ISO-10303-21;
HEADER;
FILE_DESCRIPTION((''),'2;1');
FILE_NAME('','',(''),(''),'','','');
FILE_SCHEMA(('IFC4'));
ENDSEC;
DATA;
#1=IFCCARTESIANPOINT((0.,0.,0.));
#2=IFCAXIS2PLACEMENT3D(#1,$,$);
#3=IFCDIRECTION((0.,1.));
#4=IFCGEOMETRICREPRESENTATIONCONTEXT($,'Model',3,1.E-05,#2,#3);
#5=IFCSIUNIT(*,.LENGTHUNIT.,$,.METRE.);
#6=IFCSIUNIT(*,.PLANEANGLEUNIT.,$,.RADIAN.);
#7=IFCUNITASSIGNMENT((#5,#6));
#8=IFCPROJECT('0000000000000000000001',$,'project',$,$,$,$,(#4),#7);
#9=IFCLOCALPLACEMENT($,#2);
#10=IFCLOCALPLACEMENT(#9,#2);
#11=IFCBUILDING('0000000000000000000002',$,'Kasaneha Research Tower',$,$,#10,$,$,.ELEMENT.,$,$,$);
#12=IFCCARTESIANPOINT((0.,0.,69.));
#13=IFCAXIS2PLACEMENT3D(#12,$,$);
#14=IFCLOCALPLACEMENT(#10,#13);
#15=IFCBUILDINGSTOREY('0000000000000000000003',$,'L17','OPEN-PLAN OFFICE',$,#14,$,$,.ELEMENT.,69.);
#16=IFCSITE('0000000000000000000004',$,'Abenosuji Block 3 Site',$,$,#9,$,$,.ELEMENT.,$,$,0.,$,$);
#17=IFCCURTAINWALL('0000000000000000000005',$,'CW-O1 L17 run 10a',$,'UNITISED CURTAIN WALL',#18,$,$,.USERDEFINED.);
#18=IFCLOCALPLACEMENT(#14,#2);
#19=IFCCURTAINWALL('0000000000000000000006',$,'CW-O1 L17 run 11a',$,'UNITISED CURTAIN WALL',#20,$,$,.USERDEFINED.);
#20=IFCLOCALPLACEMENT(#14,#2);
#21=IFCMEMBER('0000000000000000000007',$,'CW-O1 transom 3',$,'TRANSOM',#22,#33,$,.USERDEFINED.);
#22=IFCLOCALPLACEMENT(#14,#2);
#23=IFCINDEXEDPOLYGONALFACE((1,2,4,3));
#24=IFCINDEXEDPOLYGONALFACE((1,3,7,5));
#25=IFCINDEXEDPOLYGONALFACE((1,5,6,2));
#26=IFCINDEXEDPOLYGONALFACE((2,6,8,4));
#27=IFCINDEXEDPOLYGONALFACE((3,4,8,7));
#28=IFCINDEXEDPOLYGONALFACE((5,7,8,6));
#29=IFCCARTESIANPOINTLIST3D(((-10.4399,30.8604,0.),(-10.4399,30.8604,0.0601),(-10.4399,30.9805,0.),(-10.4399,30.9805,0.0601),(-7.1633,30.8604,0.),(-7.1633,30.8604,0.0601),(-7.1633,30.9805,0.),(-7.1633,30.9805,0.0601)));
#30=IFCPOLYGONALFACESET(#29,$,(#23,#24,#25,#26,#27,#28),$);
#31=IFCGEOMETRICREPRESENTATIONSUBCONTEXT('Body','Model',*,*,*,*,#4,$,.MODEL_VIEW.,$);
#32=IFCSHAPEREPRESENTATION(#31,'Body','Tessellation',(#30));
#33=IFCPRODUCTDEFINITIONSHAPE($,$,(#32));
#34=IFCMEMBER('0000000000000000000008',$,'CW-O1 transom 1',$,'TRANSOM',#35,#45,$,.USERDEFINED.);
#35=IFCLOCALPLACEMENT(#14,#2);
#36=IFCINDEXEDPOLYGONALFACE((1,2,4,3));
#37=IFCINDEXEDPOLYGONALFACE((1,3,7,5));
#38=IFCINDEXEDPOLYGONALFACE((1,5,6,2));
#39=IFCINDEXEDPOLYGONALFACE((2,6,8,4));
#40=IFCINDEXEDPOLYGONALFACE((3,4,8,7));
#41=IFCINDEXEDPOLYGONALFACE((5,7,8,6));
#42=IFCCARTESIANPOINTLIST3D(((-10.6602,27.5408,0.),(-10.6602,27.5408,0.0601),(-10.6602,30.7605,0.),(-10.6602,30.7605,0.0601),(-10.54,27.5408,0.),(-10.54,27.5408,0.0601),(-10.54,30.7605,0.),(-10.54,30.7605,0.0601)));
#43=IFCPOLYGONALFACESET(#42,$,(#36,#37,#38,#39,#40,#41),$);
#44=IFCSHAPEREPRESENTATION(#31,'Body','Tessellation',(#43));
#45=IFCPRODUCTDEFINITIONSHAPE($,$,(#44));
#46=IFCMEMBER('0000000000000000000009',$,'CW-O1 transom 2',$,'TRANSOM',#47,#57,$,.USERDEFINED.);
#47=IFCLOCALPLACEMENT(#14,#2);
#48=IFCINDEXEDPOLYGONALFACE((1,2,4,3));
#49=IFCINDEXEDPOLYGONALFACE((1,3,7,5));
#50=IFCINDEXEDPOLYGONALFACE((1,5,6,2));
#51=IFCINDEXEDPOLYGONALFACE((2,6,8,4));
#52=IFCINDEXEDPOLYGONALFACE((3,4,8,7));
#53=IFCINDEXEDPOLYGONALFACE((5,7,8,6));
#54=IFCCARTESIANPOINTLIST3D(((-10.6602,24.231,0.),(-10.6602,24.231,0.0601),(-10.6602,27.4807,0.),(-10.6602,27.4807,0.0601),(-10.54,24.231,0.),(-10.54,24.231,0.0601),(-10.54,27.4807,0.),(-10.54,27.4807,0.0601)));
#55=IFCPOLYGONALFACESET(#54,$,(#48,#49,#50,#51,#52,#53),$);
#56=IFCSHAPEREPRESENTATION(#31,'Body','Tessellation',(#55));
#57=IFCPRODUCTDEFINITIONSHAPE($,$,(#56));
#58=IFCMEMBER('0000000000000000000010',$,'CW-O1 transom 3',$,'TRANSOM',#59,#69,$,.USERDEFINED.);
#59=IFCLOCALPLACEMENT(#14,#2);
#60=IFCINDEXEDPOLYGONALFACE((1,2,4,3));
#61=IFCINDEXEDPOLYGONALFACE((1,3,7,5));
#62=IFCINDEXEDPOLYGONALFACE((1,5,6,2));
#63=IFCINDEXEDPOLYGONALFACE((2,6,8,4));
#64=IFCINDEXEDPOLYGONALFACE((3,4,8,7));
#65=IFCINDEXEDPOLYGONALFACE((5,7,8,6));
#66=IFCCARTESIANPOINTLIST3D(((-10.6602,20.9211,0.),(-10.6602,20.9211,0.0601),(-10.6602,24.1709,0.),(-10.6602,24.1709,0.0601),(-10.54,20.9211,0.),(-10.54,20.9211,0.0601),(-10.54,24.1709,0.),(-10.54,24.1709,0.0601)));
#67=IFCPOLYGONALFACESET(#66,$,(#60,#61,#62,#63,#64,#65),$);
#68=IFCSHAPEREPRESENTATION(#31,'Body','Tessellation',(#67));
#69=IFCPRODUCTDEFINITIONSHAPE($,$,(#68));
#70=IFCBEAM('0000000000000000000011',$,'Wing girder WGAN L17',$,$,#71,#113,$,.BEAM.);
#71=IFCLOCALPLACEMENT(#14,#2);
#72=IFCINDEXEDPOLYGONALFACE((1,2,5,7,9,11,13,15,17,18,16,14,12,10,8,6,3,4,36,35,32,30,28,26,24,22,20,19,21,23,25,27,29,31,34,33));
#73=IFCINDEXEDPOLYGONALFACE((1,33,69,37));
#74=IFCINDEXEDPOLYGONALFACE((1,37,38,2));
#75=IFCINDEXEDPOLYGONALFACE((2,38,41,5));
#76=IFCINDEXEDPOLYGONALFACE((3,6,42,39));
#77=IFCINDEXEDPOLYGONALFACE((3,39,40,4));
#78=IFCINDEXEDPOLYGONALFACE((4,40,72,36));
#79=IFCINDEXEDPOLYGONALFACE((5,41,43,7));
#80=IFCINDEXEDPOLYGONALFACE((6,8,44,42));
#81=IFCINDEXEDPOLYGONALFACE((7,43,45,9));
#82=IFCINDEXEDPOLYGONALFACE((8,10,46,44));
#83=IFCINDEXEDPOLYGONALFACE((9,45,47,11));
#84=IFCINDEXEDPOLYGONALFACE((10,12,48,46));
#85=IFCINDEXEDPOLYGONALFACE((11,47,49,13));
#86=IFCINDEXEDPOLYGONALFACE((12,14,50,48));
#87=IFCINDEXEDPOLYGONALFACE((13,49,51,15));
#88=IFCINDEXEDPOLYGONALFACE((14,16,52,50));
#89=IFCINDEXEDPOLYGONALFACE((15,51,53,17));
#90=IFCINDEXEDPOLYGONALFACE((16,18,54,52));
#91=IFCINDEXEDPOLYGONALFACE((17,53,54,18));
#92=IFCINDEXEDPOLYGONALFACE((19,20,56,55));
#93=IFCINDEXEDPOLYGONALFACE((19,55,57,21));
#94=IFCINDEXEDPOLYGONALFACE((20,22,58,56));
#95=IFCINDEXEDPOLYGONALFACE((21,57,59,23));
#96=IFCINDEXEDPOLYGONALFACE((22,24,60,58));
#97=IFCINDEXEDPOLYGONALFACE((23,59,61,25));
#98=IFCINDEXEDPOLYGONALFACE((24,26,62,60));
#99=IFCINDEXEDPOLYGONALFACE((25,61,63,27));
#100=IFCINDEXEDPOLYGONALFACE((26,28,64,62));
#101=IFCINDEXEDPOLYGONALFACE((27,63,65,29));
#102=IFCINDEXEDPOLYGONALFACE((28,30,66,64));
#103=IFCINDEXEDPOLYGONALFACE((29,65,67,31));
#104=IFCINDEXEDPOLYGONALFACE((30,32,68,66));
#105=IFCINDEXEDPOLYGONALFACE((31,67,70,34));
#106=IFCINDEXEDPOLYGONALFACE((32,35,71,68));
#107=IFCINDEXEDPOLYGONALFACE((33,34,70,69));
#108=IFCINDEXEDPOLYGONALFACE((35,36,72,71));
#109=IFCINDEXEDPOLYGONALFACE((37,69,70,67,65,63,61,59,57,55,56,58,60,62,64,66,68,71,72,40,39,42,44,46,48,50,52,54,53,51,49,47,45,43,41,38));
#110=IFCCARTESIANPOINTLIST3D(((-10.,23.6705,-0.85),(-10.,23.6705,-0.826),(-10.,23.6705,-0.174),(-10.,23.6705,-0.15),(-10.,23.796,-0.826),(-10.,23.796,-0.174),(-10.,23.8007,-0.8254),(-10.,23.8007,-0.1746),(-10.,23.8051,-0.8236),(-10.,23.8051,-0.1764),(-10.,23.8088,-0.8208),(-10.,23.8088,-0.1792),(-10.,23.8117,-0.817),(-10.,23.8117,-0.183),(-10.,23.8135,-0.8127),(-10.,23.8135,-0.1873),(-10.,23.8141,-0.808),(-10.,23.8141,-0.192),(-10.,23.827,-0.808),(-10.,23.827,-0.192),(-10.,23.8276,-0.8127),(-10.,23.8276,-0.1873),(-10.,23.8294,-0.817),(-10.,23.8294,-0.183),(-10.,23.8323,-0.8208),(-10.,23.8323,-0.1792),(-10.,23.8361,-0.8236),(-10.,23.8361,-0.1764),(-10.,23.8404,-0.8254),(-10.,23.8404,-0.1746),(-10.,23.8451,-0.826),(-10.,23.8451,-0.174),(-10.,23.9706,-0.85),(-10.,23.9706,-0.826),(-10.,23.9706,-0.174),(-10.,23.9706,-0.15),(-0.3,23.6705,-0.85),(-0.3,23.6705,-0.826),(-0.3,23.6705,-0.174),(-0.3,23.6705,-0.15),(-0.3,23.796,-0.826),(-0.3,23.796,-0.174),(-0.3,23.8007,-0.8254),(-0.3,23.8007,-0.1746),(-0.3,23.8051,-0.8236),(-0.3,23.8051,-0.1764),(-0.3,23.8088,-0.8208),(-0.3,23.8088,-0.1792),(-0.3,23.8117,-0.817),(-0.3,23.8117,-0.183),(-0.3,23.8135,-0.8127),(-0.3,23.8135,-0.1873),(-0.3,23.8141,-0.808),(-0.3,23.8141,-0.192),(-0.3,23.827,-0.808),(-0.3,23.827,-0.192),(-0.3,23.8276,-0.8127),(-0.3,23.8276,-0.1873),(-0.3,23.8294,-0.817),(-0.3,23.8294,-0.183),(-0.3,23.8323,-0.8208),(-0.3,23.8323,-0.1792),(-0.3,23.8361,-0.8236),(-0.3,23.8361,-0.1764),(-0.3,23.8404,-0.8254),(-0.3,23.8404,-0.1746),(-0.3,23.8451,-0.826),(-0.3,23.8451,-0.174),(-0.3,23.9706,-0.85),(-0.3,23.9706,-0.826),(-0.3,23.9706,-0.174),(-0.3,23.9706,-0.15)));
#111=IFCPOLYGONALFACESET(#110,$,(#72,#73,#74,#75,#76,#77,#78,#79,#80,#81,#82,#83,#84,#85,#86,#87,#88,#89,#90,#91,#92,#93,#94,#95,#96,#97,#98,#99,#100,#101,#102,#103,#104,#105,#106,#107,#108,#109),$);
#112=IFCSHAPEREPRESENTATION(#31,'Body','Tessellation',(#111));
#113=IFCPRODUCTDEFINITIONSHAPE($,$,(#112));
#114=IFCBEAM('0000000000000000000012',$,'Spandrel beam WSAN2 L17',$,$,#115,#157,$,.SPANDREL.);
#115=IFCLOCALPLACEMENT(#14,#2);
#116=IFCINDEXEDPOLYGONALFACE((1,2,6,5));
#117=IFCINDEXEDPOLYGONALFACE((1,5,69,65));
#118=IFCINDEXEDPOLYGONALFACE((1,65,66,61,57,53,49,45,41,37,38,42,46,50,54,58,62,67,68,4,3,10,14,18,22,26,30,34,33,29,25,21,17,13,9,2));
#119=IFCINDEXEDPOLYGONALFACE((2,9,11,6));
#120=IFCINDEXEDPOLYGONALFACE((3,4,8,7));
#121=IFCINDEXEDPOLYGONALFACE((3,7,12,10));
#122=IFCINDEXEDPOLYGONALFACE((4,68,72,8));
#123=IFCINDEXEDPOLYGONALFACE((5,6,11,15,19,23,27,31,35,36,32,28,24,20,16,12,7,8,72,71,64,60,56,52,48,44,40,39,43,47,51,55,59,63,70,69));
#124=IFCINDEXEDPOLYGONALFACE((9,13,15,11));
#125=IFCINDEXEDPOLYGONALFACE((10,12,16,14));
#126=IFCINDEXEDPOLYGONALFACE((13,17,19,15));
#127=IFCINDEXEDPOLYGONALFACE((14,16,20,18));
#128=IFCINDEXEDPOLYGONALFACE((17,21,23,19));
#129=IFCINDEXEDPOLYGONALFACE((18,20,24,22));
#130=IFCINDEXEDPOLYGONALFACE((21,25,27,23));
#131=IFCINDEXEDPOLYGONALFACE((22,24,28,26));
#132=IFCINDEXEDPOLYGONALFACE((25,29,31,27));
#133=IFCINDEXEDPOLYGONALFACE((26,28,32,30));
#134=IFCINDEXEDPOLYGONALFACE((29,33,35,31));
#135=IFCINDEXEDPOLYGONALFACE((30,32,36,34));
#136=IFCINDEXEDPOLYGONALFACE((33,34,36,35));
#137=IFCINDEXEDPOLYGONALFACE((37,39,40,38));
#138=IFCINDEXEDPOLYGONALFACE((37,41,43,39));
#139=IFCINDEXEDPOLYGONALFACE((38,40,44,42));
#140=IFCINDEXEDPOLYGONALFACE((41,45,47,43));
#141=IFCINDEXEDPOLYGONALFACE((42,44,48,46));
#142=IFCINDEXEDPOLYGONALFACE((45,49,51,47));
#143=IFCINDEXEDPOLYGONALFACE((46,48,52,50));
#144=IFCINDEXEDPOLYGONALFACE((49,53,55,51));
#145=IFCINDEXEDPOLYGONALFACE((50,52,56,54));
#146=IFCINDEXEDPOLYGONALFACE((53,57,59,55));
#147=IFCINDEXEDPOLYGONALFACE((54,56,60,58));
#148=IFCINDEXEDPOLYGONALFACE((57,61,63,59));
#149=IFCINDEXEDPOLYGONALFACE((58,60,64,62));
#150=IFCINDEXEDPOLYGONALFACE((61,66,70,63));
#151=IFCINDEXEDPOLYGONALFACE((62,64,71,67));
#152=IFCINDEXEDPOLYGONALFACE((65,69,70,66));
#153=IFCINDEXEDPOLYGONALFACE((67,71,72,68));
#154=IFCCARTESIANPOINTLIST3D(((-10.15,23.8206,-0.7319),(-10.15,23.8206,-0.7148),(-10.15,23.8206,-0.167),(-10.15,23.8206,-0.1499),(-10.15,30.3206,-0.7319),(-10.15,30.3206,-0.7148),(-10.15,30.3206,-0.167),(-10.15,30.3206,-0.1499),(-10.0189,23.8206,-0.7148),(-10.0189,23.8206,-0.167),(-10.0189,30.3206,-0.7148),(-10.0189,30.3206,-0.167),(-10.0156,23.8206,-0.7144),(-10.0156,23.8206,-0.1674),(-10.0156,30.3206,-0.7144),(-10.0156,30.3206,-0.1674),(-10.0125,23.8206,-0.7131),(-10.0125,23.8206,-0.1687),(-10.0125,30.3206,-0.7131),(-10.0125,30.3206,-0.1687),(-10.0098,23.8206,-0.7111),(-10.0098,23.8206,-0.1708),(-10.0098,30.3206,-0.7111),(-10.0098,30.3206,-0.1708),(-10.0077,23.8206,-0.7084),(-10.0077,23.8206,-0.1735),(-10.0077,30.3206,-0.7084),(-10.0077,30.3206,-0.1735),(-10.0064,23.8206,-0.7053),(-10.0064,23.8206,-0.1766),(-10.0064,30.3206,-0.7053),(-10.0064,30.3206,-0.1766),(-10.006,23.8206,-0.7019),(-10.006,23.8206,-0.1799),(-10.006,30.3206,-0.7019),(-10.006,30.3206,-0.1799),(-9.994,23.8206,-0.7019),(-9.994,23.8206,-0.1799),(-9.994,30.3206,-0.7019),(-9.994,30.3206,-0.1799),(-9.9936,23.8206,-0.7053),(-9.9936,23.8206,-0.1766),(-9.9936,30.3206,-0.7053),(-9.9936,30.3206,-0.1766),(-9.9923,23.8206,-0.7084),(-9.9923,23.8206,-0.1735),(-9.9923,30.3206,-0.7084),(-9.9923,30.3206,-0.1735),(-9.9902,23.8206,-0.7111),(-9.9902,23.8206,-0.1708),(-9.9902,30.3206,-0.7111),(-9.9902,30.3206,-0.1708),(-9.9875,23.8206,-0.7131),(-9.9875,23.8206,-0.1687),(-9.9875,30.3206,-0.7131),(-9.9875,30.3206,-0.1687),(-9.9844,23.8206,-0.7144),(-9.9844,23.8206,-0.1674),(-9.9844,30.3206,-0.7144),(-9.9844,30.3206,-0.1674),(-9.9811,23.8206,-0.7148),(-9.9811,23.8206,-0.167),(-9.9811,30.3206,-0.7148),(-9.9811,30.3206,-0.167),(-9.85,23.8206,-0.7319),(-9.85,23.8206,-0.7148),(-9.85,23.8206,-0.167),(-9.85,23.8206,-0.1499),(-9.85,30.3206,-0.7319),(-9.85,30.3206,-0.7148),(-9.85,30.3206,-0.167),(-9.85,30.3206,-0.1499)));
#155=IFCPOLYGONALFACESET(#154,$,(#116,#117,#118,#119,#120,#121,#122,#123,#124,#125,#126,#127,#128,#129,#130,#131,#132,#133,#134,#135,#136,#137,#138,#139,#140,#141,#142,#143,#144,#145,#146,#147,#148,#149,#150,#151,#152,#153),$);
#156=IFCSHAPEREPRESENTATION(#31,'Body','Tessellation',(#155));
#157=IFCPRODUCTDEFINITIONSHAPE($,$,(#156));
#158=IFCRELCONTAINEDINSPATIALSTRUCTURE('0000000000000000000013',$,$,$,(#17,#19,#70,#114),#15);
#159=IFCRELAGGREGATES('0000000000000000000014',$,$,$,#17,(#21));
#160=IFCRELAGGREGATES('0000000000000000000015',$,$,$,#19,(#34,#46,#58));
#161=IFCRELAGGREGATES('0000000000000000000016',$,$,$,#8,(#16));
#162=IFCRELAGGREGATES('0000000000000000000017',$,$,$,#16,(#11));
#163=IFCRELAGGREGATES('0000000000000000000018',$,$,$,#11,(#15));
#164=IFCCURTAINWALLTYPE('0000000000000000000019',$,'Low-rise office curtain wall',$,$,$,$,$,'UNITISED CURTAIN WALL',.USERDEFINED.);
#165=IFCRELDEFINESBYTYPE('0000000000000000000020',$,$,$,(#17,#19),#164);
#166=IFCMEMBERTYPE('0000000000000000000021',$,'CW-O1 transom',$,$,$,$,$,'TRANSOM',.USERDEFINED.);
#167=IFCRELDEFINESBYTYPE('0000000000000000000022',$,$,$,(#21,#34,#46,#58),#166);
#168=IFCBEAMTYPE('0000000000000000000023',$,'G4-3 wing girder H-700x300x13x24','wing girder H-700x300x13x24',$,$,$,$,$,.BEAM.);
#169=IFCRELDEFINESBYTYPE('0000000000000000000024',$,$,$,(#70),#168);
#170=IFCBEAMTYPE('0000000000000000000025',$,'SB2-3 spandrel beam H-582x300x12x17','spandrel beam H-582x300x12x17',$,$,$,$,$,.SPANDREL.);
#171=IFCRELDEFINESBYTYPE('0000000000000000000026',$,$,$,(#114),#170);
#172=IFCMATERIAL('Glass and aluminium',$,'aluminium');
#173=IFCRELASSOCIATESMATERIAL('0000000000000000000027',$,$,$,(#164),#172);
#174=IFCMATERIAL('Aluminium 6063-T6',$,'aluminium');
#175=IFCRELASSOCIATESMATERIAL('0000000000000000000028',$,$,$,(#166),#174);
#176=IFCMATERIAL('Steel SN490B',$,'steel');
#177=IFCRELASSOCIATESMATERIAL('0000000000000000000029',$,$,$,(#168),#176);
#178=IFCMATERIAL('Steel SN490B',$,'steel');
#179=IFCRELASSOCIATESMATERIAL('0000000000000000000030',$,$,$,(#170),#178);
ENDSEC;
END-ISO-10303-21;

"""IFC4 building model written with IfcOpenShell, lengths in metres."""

from ifc_helpers import new_model, si_unit, direction, frame, origin, origin_2d, place, context, subcontext, project, spatial, rectangle, i_section, extrude, material, material_profile, profile_set, type_object, element, aggregate, save


model = new_model("IFC4")

# Units and contexts
model_context = context("Model", 3, precision=1e-05, world=origin(), true_north=direction((0.0, 1.0)))
body_context = subcontext(model_context, "Body", "Model", "MODEL_VIEW")
ifc_project = project(units=[si_unit("LENGTHUNIT", "METRE"), si_unit("PLANEANGLEUNIT", "RADIAN")], contexts=[model_context])

# Site, building, storey
site_placement = place(None, origin())
site = spatial("IfcSite", under=ifc_project, at=site_placement, Name="Abenosuji Block 3 Site", CompositionType="ELEMENT", RefElevation=0.0)
building_placement = place(site_placement, origin())
building = spatial("IfcBuilding", under=site, at=building_placement, Name="Kasaneha Research Tower", CompositionType="ELEMENT")
storey_placement = place(building_placement, frame((0.0, 0.0, 69.0)))
storey = spatial("IfcBuildingStorey", under=building, at=storey_placement, Name="L17", Description="OPEN-PLAN OFFICE", CompositionType="ELEMENT", Elevation=69.0)

# Curtain walls
ifc_material_1 = material(Name="Glass and aluminium", Category="aluminium")
curtain_wall_type = type_object("IfcCurtainWallType", Name="Low-rise office curtain wall", ElementType="UNITISED CURTAIN WALL", PredefinedType="USERDEFINED", material=ifc_material_1)
curtain_wall_1_placement = place(storey_placement, origin())
curtain_wall_1 = element("IfcCurtainWall", 1, at=curtain_wall_1_placement, inside=storey, type_object=curtain_wall_type, Name="CW-O1 L17 run 10a", ObjectType="UNITISED CURTAIN WALL", PredefinedType="USERDEFINED")
curtain_wall_2_placement = place(storey_placement, origin())
curtain_wall_2 = element("IfcCurtainWall", 2, at=curtain_wall_2_placement, inside=storey, type_object=curtain_wall_type, Name="CW-O1 L17 run 11a", ObjectType="UNITISED CURTAIN WALL", PredefinedType="USERDEFINED")

# Members
ifc_material_2 = material(Name="Aluminium 6063-T6", Category="aluminium")
ifc_material_profile_1 = material_profile(ifc_material_2, rectangle(XDim=0.1201, YDim=0.0601, at=origin_2d()), Name="CW-O1 transom 120x60")
ifc_profile_set_1 = profile_set([ifc_material_profile_1], Name="Aluminium 6063-T6")
member_type_1 = type_object("IfcMemberType", Name="CW-O1 transom", ElementType="TRANSOM", PredefinedType="USERDEFINED", material=ifc_profile_set_1)
member_1_placement = place(storey_placement, frame((-7.1633, 30.9204, 0.03), z_axis=(-1.0, 0.0, 0.0), x_axis=(0.0, -1.0, 0.0)))
member_1 = element("IfcMember", 3, at=member_1_placement, type_object=member_type_1, Name="CW-O1 transom 3", ObjectType="TRANSOM", PredefinedType="USERDEFINED", context=body_context, shape_type="SweptSolid", body=[
    extrude(rectangle(XDim=0.1201, YDim=0.0601, at=origin_2d()), origin(), (0.0, 0.0, 1.0), 3.2766),
])
member_2_placement = place(storey_placement, frame((-10.6001, 30.7605, 0.03), z_axis=(0.0, -1.0, 0.0), x_axis=(1.0, 0.0, 0.0)))
member_2 = element("IfcMember", 4, at=member_2_placement, type_object=member_type_1, Name="CW-O1 transom 1", ObjectType="TRANSOM", PredefinedType="USERDEFINED", context=body_context, shape_type="SweptSolid", body=[
    extrude(rectangle(XDim=0.1201, YDim=0.0601, at=origin_2d()), origin(), (0.0, 0.0, 1.0), 3.2197),
])
member_3_placement = place(storey_placement, frame((-10.6001, 27.4807, 0.03), z_axis=(0.0, -1.0, 0.0), x_axis=(1.0, 0.0, 0.0)))
member_3 = element("IfcMember", 5, at=member_3_placement, type_object=member_type_1, Name="CW-O1 transom 2", ObjectType="TRANSOM", PredefinedType="USERDEFINED", context=body_context, shape_type="SweptSolid", body=[
    extrude(rectangle(XDim=0.1201, YDim=0.0601, at=origin_2d()), origin(), (0.0, 0.0, 1.0), 3.2498),
])
member_4_placement = place(storey_placement, frame((-10.6001, 24.1709, 0.03), z_axis=(0.0, -1.0, 0.0), x_axis=(1.0, 0.0, 0.0)))
member_4 = element("IfcMember", 6, at=member_4_placement, type_object=member_type_1, Name="CW-O1 transom 3", ObjectType="TRANSOM", PredefinedType="USERDEFINED", context=body_context, shape_type="SweptSolid", body=[
    extrude(rectangle(XDim=0.1201, YDim=0.0601, at=origin_2d()), origin(), (0.0, 0.0, 1.0), 3.2498),
])

# Beams
ifc_material_3 = material(Name="Steel SN490B", Category="steel")
ifc_material_profile_2 = material_profile(ifc_material_3, i_section(OverallWidth=0.3, OverallDepth=0.7, WebThickness=0.0129, FlangeThickness=0.0239, FilletRadius=0.0181, at=origin_2d()), Name="H-700x300x13x24")
ifc_profile_set_2 = profile_set([ifc_material_profile_2], Name="Steel SN490B")
beam_type_1 = type_object("IfcBeamType", Name="G4-3 wing girder H-700x300x13x24", Description="wing girder H-700x300x13x24", PredefinedType="BEAM", material=ifc_profile_set_2)
beam_1_placement = place(storey_placement, frame((-10.0, 23.8206, -0.5), z_axis=(1.0, 0.0, 0.0), x_axis=(0.0, 1.0, 0.0)))
element("IfcBeam", 7, at=beam_1_placement, inside=storey, type_object=beam_type_1, Name="Wing girder WGAN L17", PredefinedType="BEAM", context=body_context, shape_type="SweptSolid", body=[
    extrude(i_section(OverallWidth=0.3, OverallDepth=0.7, WebThickness=0.0129, FlangeThickness=0.0239, FilletRadius=0.0181, at=origin_2d()), origin(), (0.0, 0.0, 1.0), 9.7),
])
ifc_material_4 = material(Name="Steel SN490B", Category="steel")
ifc_material_profile_3 = material_profile(ifc_material_4, i_section(OverallWidth=0.3, OverallDepth=0.582, WebThickness=0.012, FlangeThickness=0.0171, FilletRadius=0.0129, at=origin_2d()), Name="H-582x300x12x17")
ifc_profile_set_3 = profile_set([ifc_material_profile_3], Name="Steel SN490B")
beam_type_2 = type_object("IfcBeamType", Name="SB2-3 spandrel beam H-582x300x12x17", Description="spandrel beam H-582x300x12x17", PredefinedType="SPANDREL", material=ifc_profile_set_3)
beam_2_placement = place(storey_placement, frame((-10.0, 23.8206, -0.4409), z_axis=(0.0, 1.0, 0.0), x_axis=(-1.0, 0.0, 0.0)))
element("IfcBeam", 8, at=beam_2_placement, inside=storey, type_object=beam_type_2, Name="Spandrel beam WSAN2 L17", PredefinedType="SPANDREL", context=body_context, shape_type="SweptSolid", body=[
    extrude(i_section(OverallWidth=0.3, OverallDepth=0.582, WebThickness=0.012, FlangeThickness=0.0171, FilletRadius=0.0129, at=origin_2d()), origin(), (0.0, 0.0, 1.0), 6.5),
])

aggregate(curtain_wall_1, [member_1])
aggregate(curtain_wall_2, [member_2, member_3, member_4])

save(model, "model.ifc")
